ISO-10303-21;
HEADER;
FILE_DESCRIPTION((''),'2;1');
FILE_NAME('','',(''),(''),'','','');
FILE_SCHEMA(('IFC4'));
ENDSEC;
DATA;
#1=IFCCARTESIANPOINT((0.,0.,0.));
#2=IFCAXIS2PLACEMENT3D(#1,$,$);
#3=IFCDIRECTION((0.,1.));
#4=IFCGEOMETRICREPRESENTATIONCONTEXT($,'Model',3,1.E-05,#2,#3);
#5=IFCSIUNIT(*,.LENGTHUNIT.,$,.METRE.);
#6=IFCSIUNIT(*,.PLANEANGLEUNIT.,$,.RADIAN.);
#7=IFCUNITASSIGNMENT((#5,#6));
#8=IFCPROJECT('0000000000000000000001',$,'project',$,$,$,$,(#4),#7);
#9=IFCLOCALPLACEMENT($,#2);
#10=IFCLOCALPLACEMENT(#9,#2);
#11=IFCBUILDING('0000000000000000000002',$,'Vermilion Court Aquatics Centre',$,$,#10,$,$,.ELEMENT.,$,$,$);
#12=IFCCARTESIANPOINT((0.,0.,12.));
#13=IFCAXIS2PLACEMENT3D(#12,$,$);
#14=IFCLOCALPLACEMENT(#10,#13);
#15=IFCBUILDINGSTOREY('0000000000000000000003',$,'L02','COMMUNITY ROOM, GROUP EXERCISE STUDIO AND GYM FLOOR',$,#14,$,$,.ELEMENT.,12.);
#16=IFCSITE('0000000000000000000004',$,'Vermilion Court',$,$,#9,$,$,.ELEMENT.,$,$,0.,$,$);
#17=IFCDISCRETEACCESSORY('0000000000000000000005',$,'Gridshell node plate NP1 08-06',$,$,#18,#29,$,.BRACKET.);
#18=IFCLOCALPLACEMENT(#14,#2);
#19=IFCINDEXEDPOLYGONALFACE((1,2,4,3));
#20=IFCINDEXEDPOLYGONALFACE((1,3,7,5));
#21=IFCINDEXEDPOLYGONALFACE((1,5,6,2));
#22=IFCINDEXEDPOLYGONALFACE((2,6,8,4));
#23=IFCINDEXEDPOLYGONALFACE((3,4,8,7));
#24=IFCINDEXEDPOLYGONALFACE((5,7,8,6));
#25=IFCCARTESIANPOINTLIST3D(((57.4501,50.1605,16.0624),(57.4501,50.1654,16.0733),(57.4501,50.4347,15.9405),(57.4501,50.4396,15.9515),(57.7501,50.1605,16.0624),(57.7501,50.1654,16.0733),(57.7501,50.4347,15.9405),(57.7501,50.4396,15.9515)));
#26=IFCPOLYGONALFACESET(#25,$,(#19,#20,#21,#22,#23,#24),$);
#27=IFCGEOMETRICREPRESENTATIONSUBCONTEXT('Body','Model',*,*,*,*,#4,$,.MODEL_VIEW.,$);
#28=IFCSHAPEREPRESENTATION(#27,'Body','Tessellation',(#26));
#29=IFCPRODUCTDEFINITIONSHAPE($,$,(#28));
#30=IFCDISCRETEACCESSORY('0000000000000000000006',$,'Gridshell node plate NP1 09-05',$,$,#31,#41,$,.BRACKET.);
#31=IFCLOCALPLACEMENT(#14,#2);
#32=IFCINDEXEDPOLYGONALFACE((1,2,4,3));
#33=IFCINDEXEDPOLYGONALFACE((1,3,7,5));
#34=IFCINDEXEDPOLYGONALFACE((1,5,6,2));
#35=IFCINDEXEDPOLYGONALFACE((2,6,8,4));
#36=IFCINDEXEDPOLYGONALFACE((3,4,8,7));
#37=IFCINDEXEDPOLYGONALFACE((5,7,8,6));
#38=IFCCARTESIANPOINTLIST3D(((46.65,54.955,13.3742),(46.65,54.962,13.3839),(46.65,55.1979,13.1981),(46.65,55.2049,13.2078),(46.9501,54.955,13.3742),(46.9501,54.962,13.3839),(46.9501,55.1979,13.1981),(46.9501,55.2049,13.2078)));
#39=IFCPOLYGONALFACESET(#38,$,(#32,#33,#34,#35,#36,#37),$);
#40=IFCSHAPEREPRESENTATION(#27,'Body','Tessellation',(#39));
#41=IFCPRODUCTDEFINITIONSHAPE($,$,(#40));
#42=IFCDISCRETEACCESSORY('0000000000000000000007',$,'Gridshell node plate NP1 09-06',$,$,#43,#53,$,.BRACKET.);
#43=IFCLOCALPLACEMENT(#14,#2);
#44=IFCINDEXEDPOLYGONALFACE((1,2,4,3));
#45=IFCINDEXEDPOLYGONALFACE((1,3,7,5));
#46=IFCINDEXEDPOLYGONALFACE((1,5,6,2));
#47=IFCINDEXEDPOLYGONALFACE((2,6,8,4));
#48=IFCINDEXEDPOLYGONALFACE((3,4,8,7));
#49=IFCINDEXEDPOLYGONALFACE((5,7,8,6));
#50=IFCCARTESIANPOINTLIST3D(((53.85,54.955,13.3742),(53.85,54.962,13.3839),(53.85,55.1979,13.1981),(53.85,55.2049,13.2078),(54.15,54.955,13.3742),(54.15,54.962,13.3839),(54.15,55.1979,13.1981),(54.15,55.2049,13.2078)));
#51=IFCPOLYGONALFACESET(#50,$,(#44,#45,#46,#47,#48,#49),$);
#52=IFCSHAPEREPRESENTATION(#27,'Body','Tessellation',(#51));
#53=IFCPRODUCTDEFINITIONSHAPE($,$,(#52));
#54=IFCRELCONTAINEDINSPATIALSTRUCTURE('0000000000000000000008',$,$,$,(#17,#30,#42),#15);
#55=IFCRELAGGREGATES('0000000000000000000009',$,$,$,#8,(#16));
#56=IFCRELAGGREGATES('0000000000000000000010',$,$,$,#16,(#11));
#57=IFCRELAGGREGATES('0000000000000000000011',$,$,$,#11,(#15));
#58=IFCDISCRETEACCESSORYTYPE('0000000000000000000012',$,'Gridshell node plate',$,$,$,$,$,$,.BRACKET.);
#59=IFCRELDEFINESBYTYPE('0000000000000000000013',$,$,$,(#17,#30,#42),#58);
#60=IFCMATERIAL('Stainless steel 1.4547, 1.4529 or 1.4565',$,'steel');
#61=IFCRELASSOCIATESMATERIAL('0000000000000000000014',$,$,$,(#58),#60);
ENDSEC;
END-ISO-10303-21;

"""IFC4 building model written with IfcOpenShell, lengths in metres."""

from ifc_helpers import new_model, si_unit, direction, frame, origin, origin_2d, place, context, subcontext, project, spatial, rectangle, extrude, material, material_profile, profile_set, type_object, element, save


model = new_model("IFC4")

# Units and contexts
model_context = context("Model", 3, precision=1e-05, world=origin(), true_north=direction((0.0, 1.0)))
body_context = subcontext(model_context, "Body", "Model", "MODEL_VIEW")
ifc_project = project(units=[si_unit("LENGTHUNIT", "METRE"), si_unit("PLANEANGLEUNIT", "RADIAN")], contexts=[model_context])

# Site, building, storey
site_placement = place(None, origin())
site = spatial("IfcSite", under=ifc_project, at=site_placement, Name="Vermilion Court", CompositionType="ELEMENT", RefElevation=0.0)
building_placement = place(site_placement, origin())
building = spatial("IfcBuilding", under=site, at=building_placement, Name="Vermilion Court Aquatics Centre", CompositionType="ELEMENT")
storey_placement = place(building_placement, frame((0.0, 0.0, 12.0)))
storey = spatial("IfcBuildingStorey", under=building, at=storey_placement, Name="L02", Description="COMMUNITY ROOM, GROUP EXERCISE STUDIO AND GYM FLOOR", CompositionType="ELEMENT", Elevation=12.0)

# Discrete accessories
ifc_material_1 = material(Name="Stainless steel 1.4547, 1.4529 or 1.4565", Category="steel")
ifc_material_profile_1 = material_profile(ifc_material_1, rectangle(XDim=0.3, YDim=0.3, at=origin_2d()), Name="PL 12 x 300 x 300")
ifc_profile_set_1 = profile_set([ifc_material_profile_1], Name="Stainless steel 1.4547, 1.4529 or 1.4565")
discrete_accessory_type = type_object("IfcDiscreteAccessoryType", Name="Gridshell node plate", PredefinedType="BRACKET", material=ifc_profile_set_1)
for number, where, z_axis, x_axis, name in (
    (1, (57.6001, 50.2976, 16.0015), (0.0, 0.406138, 0.913812), (-1.0, 0.0, 0.0), "Gridshell node plate NP1 08-06"),
    (2, (46.8, 55.0764, 13.2861), (0.0, 0.586968, 0.80961), (-1.0, 0.0, 0.0), "Gridshell node plate NP1 09-05"),
    (3, (54.0, 55.0764, 13.2861), (0.0, 0.586968, 0.80961), (-1.0, 0.0, 0.0), "Gridshell node plate NP1 09-06"),
):
    element("IfcDiscreteAccessory", number, at=place(storey_placement, frame(where, z_axis=z_axis, x_axis=x_axis)), inside=storey, type_object=discrete_accessory_type, Name=name, PredefinedType="BRACKET", context=body_context, shape_type="SweptSolid", body=[
        extrude(rectangle(XDim=0.3, YDim=0.3, at=origin_2d()), origin(), (0.0, 0.0, 1.0), 0.012),
    ])

save(model, "model.ifc")
